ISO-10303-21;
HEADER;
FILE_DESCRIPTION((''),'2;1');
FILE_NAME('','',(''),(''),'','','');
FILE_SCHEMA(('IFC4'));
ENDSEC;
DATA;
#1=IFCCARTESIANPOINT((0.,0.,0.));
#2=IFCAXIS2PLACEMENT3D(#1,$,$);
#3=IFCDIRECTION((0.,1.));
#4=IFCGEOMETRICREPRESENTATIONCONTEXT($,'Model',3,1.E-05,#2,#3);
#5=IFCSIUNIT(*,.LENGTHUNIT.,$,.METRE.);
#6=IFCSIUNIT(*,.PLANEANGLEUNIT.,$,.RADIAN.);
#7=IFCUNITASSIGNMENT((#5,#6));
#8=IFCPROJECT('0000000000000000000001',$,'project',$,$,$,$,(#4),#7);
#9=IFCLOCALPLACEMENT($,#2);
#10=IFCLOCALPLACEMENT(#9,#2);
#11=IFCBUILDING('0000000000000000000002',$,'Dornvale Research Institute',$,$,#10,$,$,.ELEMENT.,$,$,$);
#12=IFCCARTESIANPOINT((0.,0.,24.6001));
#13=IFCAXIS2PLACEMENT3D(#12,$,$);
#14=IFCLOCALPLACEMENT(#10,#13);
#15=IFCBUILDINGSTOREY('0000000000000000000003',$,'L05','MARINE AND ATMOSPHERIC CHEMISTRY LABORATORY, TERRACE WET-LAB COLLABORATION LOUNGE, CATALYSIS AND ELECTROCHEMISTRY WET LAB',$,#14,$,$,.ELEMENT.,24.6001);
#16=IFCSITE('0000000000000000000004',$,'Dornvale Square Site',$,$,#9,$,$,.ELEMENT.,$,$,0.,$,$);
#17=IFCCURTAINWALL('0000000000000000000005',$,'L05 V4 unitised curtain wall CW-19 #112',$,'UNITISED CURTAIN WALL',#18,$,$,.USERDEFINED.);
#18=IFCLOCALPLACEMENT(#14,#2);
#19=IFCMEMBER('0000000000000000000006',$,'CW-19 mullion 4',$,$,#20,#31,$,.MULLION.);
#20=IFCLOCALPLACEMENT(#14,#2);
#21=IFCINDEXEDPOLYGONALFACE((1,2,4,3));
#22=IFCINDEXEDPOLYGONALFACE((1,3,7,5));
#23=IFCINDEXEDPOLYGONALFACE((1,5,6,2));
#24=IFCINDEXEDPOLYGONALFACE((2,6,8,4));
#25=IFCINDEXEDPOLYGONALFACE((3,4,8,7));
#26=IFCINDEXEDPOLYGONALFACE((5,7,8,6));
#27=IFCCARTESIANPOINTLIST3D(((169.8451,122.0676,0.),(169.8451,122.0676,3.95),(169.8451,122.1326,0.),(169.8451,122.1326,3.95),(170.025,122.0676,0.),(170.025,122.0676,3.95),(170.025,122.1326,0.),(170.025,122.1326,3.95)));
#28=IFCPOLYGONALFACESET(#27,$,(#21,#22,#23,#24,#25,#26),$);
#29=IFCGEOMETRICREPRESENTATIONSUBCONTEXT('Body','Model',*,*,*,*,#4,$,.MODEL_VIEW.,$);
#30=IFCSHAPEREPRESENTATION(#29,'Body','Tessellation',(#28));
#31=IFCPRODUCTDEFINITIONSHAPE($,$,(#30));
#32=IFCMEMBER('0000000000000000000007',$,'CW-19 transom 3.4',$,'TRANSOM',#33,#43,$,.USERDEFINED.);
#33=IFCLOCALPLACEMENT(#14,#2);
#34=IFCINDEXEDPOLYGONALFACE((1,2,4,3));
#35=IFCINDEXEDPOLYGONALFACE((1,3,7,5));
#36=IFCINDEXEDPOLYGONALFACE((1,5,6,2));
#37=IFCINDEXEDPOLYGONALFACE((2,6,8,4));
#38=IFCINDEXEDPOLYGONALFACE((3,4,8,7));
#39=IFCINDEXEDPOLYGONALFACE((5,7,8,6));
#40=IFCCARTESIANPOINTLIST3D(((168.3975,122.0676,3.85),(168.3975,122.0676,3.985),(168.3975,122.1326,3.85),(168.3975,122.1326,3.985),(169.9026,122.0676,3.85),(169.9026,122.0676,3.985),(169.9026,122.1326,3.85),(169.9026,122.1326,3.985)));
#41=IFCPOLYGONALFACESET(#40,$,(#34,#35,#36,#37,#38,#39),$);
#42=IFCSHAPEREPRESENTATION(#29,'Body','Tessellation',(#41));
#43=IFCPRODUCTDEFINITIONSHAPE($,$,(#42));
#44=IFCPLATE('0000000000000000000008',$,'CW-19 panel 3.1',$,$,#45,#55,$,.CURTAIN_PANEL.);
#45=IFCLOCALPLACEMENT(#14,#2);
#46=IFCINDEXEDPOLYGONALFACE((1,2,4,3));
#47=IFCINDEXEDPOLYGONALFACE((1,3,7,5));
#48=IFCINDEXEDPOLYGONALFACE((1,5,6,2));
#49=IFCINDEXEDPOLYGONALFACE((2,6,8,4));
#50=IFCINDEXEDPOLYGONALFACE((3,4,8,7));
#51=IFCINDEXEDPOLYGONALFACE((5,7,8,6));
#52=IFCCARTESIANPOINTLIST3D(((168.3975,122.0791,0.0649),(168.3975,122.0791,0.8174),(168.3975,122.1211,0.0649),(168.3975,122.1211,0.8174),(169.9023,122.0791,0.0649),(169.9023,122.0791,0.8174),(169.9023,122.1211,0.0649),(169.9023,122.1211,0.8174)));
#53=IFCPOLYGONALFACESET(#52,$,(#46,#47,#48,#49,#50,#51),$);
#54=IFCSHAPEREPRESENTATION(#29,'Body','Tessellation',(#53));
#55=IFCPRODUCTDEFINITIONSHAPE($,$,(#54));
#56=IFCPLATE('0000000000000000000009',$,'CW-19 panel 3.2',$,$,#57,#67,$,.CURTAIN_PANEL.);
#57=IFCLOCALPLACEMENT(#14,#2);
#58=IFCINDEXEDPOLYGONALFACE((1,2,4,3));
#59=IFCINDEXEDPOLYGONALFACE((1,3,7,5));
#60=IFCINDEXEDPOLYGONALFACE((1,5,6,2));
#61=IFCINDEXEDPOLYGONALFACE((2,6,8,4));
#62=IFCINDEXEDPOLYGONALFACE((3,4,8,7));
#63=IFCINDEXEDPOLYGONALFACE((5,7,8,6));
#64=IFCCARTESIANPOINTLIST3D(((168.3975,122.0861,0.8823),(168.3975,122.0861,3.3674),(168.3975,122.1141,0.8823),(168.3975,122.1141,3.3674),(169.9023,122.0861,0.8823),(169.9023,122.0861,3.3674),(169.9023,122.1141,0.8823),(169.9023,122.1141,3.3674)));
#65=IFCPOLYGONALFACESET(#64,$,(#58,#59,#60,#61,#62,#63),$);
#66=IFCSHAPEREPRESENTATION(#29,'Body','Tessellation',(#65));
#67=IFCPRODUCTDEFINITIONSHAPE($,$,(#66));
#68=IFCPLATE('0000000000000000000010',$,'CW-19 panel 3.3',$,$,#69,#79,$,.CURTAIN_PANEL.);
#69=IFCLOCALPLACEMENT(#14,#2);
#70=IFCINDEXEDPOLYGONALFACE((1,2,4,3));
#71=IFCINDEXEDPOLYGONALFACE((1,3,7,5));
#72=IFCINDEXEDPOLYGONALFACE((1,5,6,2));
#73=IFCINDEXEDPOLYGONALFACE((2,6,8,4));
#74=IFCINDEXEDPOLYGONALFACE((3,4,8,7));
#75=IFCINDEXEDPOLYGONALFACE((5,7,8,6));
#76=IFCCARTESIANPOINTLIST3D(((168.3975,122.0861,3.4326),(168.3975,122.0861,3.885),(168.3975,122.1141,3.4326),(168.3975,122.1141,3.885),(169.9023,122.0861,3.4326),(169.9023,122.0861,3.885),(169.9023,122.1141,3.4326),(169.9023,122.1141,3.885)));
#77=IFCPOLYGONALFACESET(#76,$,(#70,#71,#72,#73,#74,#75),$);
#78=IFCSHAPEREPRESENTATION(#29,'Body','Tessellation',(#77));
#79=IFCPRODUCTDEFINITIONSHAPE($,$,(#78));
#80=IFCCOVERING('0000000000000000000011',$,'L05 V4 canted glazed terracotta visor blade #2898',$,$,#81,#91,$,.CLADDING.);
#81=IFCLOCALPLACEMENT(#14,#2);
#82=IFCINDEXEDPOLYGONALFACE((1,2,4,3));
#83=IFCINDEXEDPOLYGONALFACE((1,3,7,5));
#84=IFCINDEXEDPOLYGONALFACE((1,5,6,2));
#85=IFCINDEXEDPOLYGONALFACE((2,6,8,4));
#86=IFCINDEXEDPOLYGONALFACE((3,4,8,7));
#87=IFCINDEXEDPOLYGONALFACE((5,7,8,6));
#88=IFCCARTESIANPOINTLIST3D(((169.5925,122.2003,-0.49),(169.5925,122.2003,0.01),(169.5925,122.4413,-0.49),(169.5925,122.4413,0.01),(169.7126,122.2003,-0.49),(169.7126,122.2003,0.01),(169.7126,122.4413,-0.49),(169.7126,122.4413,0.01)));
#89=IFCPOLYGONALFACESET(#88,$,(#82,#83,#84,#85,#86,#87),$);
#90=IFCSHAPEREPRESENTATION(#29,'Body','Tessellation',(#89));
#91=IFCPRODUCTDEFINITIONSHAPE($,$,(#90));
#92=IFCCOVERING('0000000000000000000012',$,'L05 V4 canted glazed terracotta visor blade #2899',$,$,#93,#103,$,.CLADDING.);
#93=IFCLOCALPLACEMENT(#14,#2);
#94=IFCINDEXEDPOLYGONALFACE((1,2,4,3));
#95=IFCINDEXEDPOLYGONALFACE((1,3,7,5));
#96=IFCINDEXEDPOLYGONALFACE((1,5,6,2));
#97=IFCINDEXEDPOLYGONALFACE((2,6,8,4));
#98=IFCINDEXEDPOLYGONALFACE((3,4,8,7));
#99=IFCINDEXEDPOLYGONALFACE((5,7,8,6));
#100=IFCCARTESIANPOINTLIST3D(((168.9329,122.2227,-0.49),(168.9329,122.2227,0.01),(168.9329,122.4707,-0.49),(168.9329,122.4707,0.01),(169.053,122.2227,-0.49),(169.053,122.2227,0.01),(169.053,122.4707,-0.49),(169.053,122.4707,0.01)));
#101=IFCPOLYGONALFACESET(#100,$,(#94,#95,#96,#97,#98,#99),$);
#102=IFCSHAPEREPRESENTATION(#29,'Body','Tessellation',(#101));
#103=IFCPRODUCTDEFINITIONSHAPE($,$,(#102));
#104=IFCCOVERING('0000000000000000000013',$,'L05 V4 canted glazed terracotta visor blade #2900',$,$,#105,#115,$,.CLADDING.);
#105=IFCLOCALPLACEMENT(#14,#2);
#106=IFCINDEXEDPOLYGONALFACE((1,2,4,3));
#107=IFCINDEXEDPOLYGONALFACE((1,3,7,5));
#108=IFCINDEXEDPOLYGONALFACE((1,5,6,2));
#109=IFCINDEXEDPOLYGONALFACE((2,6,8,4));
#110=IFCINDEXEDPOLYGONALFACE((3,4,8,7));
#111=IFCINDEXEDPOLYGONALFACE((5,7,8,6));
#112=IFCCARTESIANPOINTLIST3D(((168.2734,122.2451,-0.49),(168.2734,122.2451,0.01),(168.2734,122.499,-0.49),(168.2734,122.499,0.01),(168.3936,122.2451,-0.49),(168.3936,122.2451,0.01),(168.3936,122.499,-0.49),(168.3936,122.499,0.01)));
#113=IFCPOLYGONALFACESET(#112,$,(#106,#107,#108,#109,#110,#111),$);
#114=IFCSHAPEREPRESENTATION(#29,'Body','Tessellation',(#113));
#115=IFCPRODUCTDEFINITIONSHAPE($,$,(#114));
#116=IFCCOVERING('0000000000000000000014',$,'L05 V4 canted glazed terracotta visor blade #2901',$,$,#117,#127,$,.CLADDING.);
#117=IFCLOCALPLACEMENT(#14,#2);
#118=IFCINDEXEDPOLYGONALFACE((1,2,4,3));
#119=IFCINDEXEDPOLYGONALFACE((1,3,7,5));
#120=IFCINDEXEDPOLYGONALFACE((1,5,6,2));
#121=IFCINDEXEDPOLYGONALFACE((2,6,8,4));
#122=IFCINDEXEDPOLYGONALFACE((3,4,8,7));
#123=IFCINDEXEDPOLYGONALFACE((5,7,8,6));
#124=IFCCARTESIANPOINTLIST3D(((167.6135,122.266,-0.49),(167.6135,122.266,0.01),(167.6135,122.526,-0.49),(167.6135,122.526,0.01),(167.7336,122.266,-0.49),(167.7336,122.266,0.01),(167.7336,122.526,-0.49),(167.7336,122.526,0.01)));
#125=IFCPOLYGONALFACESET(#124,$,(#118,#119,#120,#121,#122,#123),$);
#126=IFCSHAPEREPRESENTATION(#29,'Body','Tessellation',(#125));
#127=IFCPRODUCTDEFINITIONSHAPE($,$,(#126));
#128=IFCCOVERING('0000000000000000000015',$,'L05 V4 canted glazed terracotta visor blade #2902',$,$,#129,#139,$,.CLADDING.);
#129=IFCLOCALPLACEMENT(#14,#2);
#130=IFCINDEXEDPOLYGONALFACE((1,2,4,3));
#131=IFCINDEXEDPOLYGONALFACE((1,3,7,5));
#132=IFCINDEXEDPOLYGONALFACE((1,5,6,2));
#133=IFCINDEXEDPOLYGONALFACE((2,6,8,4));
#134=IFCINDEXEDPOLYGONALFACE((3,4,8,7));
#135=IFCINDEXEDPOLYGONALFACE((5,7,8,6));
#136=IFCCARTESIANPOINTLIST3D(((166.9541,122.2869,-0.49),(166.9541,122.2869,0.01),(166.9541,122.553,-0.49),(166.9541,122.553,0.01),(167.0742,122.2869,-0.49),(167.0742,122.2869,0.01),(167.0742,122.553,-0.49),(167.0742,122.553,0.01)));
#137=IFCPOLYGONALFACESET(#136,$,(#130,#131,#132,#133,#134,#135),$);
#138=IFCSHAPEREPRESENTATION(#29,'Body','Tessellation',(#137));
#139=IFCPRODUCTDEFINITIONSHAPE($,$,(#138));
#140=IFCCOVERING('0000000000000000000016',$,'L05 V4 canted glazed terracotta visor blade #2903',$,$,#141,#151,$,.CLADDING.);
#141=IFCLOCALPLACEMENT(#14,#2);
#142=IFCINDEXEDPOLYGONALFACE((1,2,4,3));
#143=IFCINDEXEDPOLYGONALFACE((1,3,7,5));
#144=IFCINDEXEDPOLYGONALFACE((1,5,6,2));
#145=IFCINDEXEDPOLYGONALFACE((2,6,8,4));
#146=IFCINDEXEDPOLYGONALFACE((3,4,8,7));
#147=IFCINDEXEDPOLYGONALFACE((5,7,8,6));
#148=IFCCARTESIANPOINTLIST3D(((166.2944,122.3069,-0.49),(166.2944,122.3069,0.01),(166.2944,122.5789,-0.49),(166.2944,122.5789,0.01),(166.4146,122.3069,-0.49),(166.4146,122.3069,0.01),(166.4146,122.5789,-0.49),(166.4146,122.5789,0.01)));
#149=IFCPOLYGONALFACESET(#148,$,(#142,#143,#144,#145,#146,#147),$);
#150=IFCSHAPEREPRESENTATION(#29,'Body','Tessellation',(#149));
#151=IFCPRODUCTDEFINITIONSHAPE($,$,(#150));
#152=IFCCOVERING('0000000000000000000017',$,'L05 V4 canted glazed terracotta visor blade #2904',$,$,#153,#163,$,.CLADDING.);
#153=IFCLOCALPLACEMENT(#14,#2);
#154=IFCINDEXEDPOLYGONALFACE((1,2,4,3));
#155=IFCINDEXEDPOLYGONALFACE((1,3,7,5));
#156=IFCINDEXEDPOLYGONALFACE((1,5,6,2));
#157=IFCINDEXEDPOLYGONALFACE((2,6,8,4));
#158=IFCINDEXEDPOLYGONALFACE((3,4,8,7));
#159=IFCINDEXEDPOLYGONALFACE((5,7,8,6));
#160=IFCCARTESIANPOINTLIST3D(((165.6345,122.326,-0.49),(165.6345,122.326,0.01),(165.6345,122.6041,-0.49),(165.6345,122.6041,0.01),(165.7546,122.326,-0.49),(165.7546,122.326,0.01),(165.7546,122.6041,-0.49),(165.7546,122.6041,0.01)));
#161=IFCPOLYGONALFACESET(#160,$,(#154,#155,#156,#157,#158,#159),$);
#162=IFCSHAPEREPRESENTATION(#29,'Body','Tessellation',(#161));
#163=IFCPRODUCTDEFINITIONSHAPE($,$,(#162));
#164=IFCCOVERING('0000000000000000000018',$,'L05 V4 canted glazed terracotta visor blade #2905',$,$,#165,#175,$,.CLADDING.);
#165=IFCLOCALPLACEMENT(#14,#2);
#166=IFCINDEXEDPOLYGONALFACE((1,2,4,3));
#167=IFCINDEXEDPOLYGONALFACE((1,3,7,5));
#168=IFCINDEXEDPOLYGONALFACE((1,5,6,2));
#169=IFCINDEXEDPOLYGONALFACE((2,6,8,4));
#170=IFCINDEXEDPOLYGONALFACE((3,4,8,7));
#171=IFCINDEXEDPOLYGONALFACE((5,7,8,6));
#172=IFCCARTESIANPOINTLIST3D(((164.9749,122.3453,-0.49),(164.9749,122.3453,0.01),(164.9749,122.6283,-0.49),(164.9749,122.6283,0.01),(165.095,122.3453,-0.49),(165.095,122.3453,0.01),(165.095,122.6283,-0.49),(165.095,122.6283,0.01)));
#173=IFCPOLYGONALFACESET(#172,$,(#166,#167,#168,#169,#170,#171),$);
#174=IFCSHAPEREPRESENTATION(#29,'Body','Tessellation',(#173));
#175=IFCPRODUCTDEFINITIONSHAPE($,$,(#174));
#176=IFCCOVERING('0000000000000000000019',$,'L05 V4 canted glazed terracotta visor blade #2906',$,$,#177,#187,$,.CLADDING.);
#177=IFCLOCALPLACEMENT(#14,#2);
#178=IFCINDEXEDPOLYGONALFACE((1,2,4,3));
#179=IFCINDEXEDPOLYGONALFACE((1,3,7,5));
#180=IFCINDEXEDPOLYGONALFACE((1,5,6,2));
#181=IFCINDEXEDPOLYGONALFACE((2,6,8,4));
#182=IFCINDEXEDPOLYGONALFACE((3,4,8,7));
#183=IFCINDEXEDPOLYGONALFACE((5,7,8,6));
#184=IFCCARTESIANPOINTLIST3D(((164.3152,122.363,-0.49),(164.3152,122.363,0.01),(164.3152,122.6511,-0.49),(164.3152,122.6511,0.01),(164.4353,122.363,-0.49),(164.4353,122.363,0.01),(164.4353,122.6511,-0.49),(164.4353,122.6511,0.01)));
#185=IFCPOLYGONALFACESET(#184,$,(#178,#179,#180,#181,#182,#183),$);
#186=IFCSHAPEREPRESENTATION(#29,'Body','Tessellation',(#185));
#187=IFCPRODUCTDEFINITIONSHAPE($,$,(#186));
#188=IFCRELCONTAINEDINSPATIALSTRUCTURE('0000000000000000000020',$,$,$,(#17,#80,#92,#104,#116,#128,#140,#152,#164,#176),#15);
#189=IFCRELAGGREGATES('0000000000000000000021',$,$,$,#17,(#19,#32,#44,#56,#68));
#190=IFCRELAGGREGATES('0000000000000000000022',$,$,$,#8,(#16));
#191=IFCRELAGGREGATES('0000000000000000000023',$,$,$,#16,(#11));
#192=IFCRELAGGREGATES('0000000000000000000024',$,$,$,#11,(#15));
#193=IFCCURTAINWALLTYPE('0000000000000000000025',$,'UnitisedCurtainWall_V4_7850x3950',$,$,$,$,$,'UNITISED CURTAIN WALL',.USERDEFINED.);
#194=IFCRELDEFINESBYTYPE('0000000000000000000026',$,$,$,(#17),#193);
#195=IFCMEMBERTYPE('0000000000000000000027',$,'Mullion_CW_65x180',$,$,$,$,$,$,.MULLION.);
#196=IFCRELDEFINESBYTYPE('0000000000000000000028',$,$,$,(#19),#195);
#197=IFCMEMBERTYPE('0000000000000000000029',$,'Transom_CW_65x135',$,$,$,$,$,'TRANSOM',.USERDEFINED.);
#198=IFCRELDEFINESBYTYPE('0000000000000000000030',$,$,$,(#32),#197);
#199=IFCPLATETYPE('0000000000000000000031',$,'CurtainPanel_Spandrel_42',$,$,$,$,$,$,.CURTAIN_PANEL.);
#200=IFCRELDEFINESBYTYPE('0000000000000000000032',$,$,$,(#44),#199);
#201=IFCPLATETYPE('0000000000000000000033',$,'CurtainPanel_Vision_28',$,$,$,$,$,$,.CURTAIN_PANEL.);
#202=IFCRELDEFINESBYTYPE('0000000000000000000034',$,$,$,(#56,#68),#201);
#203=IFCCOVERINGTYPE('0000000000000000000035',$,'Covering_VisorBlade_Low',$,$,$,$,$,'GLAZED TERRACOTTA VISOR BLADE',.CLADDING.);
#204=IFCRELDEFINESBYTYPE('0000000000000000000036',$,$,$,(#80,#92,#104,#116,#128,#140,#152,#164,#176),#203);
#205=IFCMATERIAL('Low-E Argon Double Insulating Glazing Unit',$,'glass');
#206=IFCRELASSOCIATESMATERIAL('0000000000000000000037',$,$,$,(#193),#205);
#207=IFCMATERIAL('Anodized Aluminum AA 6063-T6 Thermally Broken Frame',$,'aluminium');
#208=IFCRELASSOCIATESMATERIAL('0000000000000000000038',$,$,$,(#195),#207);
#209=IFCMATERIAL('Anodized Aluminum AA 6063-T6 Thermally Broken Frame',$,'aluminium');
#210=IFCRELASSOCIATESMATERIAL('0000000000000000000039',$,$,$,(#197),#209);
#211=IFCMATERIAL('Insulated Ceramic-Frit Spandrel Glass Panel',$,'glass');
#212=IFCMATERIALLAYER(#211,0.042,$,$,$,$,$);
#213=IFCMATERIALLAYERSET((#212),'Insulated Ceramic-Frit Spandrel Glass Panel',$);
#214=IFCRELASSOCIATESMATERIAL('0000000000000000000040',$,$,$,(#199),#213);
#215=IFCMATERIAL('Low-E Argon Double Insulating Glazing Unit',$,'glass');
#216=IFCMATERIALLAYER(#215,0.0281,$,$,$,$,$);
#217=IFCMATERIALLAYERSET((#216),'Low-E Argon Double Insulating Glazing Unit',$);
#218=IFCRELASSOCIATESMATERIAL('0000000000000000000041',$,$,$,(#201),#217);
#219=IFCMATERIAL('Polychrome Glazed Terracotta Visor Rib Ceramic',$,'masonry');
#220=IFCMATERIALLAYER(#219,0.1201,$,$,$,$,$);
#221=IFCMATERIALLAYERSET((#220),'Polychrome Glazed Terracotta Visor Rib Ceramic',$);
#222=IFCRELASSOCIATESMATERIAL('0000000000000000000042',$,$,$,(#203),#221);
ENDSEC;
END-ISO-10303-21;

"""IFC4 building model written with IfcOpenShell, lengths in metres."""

from ifc_helpers import new_model, si_unit, direction, frame, origin, origin_2d, place, context, subcontext, project, spatial, rectangle, extrude, material, layer, layer_set, material_profile, profile_set, type_object, element, aggregate, save


model = new_model("IFC4")

# Units and contexts
model_context = context("Model", 3, precision=1e-05, world=origin(), true_north=direction((0.0, 1.0)))
body_context = subcontext(model_context, "Body", "Model", "MODEL_VIEW")
ifc_project = project(units=[si_unit("LENGTHUNIT", "METRE"), si_unit("PLANEANGLEUNIT", "RADIAN")], contexts=[model_context])

# Site, building, storey
site_placement = place(None, origin())
site = spatial("IfcSite", under=ifc_project, at=site_placement, Name="Dornvale Square Site", CompositionType="ELEMENT", RefElevation=0.0)
building_placement = place(site_placement, origin())
building = spatial("IfcBuilding", under=site, at=building_placement, Name="Dornvale Research Institute", CompositionType="ELEMENT")
storey_placement = place(building_placement, frame((0.0, 0.0, 24.6001)))
storey = spatial("IfcBuildingStorey", under=building, at=storey_placement, Name="L05", Description="MARINE AND ATMOSPHERIC CHEMISTRY LABORATORY, TERRACE WET-LAB COLLABORATION LOUNGE, CATALYSIS AND ELECTROCHEMISTRY WET LAB", CompositionType="ELEMENT", Elevation=24.6001)

# Curtain wall, members, plates
ifc_material_1 = material(Name="Low-E Argon Double Insulating Glazing Unit", Category="glass")
curtain_wall_type = type_object("IfcCurtainWallType", Name="UnitisedCurtainWall_V4_7850x3950", ElementType="UNITISED CURTAIN WALL", PredefinedType="USERDEFINED", material=ifc_material_1)
curtain_wall_placement = place(storey_placement, origin())
curtain_wall = element("IfcCurtainWall", 1, at=curtain_wall_placement, inside=storey, type_object=curtain_wall_type, Name="L05 V4 unitised curtain wall CW-19 #112", ObjectType="UNITISED CURTAIN WALL", PredefinedType="USERDEFINED")
ifc_material_2 = material(Name="Anodized Aluminum AA 6063-T6 Thermally Broken Frame", Category="aluminium")
ifc_material_profile_1 = material_profile(ifc_material_2, rectangle(XDim=0.0649, YDim=0.1799, at=origin_2d()), Name="ALU MULLION 65x180")
ifc_profile_set_1 = profile_set([ifc_material_profile_1], Name="Anodized Aluminum AA 6063-T6 Thermally Broken Frame")
member_type_1 = type_object("IfcMemberType", Name="Mullion_CW_65x180", PredefinedType="MULLION", material=ifc_profile_set_1)
member_1_placement = place(storey_placement, frame((169.9351, 122.1001, 0.0), z_axis=(0.0, 0.0, 1.0), x_axis=(0.0, 1.0, 0.0)))
member_1 = element("IfcMember", 2, at=member_1_placement, type_object=member_type_1, Name="CW-19 mullion 4", PredefinedType="MULLION", context=body_context, shape_type="SweptSolid", body=[
    extrude(rectangle(XDim=0.0649, YDim=0.1799, at=origin_2d()), origin(), (0.0, 0.0, 1.0), 3.95),
])
ifc_material_3 = material(Name="Anodized Aluminum AA 6063-T6 Thermally Broken Frame", Category="aluminium")
ifc_material_profile_2 = material_profile(ifc_material_3, rectangle(XDim=0.0649, YDim=0.135, at=origin_2d()), Name="ALU TRANSOM 65x135")
ifc_profile_set_2 = profile_set([ifc_material_profile_2], Name="Anodized Aluminum AA 6063-T6 Thermally Broken Frame")
member_type_2 = type_object("IfcMemberType", Name="Transom_CW_65x135", ElementType="TRANSOM", PredefinedType="USERDEFINED", material=ifc_profile_set_2)
member_2_placement = place(storey_placement, frame((168.3975, 122.1001, 3.9175), z_axis=(1.0, 0.0, 0.0), x_axis=(0.0, 1.0, 0.0)))
member_2 = element("IfcMember", 3, at=member_2_placement, type_object=member_type_2, Name="CW-19 transom 3.4", ObjectType="TRANSOM", PredefinedType="USERDEFINED", context=body_context, shape_type="SweptSolid", body=[
    extrude(rectangle(XDim=0.0649, YDim=0.135, at=origin_2d()), origin(), (0.0, 0.0, 1.0), 1.5051),
])
ifc_material_4 = material(Name="Insulated Ceramic-Frit Spandrel Glass Panel", Category="glass")
ifc_layer_1 = layer(ifc_material_4, 0.042)
ifc_layer_set_1 = layer_set([ifc_layer_1], Name="Insulated Ceramic-Frit Spandrel Glass Panel")
plate_type_1 = type_object("IfcPlateType", Name="CurtainPanel_Spandrel_42", PredefinedType="CURTAIN_PANEL", material=ifc_layer_set_1)
plate_1_placement = place(storey_placement, frame((169.1499, 122.1001, 0.0649), z_axis=(0.0, 0.0, 1.0), x_axis=(1.0, 0.0, 0.0)))
plate_1 = element("IfcPlate", 4, at=plate_1_placement, type_object=plate_type_1, Name="CW-19 panel 3.1", PredefinedType="CURTAIN_PANEL", context=body_context, shape_type="SweptSolid", body=[
    extrude(rectangle(XDim=1.5049, YDim=0.042, at=origin_2d()), origin(), (0.0, 0.0, 1.0), 0.7524),
])
ifc_material_5 = material(Name="Low-E Argon Double Insulating Glazing Unit", Category="glass")
ifc_layer_2 = layer(ifc_material_5, 0.0281)
ifc_layer_set_2 = layer_set([ifc_layer_2], Name="Low-E Argon Double Insulating Glazing Unit")
plate_type_2 = type_object("IfcPlateType", Name="CurtainPanel_Vision_28", PredefinedType="CURTAIN_PANEL", material=ifc_layer_set_2)
plate_2_placement = place(storey_placement, frame((169.1499, 122.1001, 0.8823), z_axis=(0.0, 0.0, 1.0), x_axis=(1.0, 0.0, 0.0)))
plate_2 = element("IfcPlate", 5, at=plate_2_placement, type_object=plate_type_2, Name="CW-19 panel 3.2", PredefinedType="CURTAIN_PANEL", context=body_context, shape_type="SweptSolid", body=[
    extrude(rectangle(XDim=1.5049, YDim=0.0281, at=origin_2d()), origin(), (0.0, 0.0, 1.0), 2.4851),
])
plate_3_placement = place(storey_placement, frame((169.1499, 122.1001, 3.4326), z_axis=(0.0, 0.0, 1.0), x_axis=(1.0, 0.0, 0.0)))
plate_3 = element("IfcPlate", 6, at=plate_3_placement, type_object=plate_type_2, Name="CW-19 panel 3.3", PredefinedType="CURTAIN_PANEL", context=body_context, shape_type="SweptSolid", body=[
    extrude(rectangle(XDim=1.5049, YDim=0.0281, at=origin_2d()), origin(), (0.0, 0.0, 1.0), 0.4524),
])
aggregate(curtain_wall, [member_1, member_2, plate_1, plate_2, plate_3])

# Coverings
ifc_material_6 = material(Name="Polychrome Glazed Terracotta Visor Rib Ceramic", Category="masonry")
ifc_layer_3 = layer(ifc_material_6, 0.1201)
ifc_layer_set_3 = layer_set([ifc_layer_3], Name="Polychrome Glazed Terracotta Visor Rib Ceramic")
covering_type = type_object("IfcCoveringType", Name="Covering_VisorBlade_Low", ElementType="GLAZED TERRACOTTA VISOR BLADE", PredefinedType="CLADDING", material=ifc_layer_set_3)
covering_1_placement = place(storey_placement, frame((169.6526, 122.3208, -0.49), z_axis=(0.0, 0.0, 1.0), x_axis=(0.0, 1.0, 0.0)))
element("IfcCovering", 7, at=covering_1_placement, inside=storey, type_object=covering_type, Name="L05 V4 canted glazed terracotta visor blade #2898", PredefinedType="CLADDING", context=body_context, shape_type="SweptSolid", body=[
    extrude(rectangle(XDim=0.241, YDim=0.1201, at=origin_2d()), origin(), (0.0, 0.0, 1.0), 0.5),
])
covering_2_placement = place(storey_placement, frame((168.9929, 122.3467, -0.49), z_axis=(0.0, 0.0, 1.0), x_axis=(0.0, 1.0, 0.0)))
element("IfcCovering", 8, at=covering_2_placement, inside=storey, type_object=covering_type, Name="L05 V4 canted glazed terracotta visor blade #2899", PredefinedType="CLADDING", context=body_context, shape_type="SweptSolid", body=[
    extrude(rectangle(XDim=0.248, YDim=0.1201, at=origin_2d()), origin(), (0.0, 0.0, 1.0), 0.5),
])
covering_3_placement = place(storey_placement, frame((168.3335, 122.3721, -0.49), z_axis=(0.0, 0.0, 1.0), x_axis=(0.0, 1.0, 0.0)))
element("IfcCovering", 9, at=covering_3_placement, inside=storey, type_object=covering_type, Name="L05 V4 canted glazed terracotta visor blade #2900", PredefinedType="CLADDING", context=body_context, shape_type="SweptSolid", body=[
    extrude(rectangle(XDim=0.2539, YDim=0.1201, at=origin_2d()), origin(), (0.0, 0.0, 1.0), 0.5),
])
covering_4_placement = place(storey_placement, frame((167.6736, 122.396, -0.49), z_axis=(0.0, 0.0, 1.0), x_axis=(0.0, 1.0, 0.0)))
element("IfcCovering", 10, at=covering_4_placement, inside=storey, type_object=covering_type, Name="L05 V4 canted glazed terracotta visor blade #2901", PredefinedType="CLADDING", context=body_context, shape_type="SweptSolid", body=[
    extrude(rectangle(XDim=0.26, YDim=0.1201, at=origin_2d()), origin(), (0.0, 0.0, 1.0), 0.5),
])
covering_5_placement = place(storey_placement, frame((167.0142, 122.4199, -0.49), z_axis=(0.0, 0.0, 1.0), x_axis=(0.0, 1.0, 0.0)))
element("IfcCovering", 11, at=covering_5_placement, inside=storey, type_object=covering_type, Name="L05 V4 canted glazed terracotta visor blade #2902", PredefinedType="CLADDING", context=body_context, shape_type="SweptSolid", body=[
    extrude(rectangle(XDim=0.2661, YDim=0.1201, at=origin_2d()), origin(), (0.0, 0.0, 1.0), 0.5),
])
covering_6_placement = place(storey_placement, frame((166.3545, 122.4429, -0.49), z_axis=(0.0, 0.0, 1.0), x_axis=(0.0, 1.0, 0.0)))
element("IfcCovering", 12, at=covering_6_placement, inside=storey, type_object=covering_type, Name="L05 V4 canted glazed terracotta visor blade #2903", PredefinedType="CLADDING", context=body_context, shape_type="SweptSolid", body=[
    extrude(rectangle(XDim=0.272, YDim=0.1201, at=origin_2d()), origin(), (0.0, 0.0, 1.0), 0.5),
])
covering_7_placement = place(storey_placement, frame((165.6946, 122.4651, -0.49), z_axis=(0.0, 0.0, 1.0), x_axis=(0.0, 1.0, 0.0)))
element("IfcCovering", 13, at=covering_7_placement, inside=storey, type_object=covering_type, Name="L05 V4 canted glazed terracotta visor blade #2904", PredefinedType="CLADDING", context=body_context, shape_type="SweptSolid", body=[
    extrude(rectangle(XDim=0.2781, YDim=0.1201, at=origin_2d()), origin(), (0.0, 0.0, 1.0), 0.5),
])
covering_8_placement = place(storey_placement, frame((165.0349, 122.4868, -0.49), z_axis=(0.0, 0.0, 1.0), x_axis=(0.0, 1.0, 0.0)))
element("IfcCovering", 14, at=covering_8_placement, inside=storey, type_object=covering_type, Name="L05 V4 canted glazed terracotta visor blade #2905", PredefinedType="CLADDING", context=body_context, shape_type="SweptSolid", body=[
    extrude(rectangle(XDim=0.283, YDim=0.1201, at=origin_2d()), origin(), (0.0, 0.0, 1.0), 0.5),
])
covering_9_placement = place(storey_placement, frame((164.3752, 122.5071, -0.49), z_axis=(0.0, 0.0, 1.0), x_axis=(0.0, 1.0, 0.0)))
element("IfcCovering", 15, at=covering_9_placement, inside=storey, type_object=covering_type, Name="L05 V4 canted glazed terracotta visor blade #2906", PredefinedType="CLADDING", context=body_context, shape_type="SweptSolid", body=[
    extrude(rectangle(XDim=0.2881, YDim=0.1201, at=origin_2d()), origin(), (0.0, 0.0, 1.0), 0.5),
])

save(model, "model.ifc")
